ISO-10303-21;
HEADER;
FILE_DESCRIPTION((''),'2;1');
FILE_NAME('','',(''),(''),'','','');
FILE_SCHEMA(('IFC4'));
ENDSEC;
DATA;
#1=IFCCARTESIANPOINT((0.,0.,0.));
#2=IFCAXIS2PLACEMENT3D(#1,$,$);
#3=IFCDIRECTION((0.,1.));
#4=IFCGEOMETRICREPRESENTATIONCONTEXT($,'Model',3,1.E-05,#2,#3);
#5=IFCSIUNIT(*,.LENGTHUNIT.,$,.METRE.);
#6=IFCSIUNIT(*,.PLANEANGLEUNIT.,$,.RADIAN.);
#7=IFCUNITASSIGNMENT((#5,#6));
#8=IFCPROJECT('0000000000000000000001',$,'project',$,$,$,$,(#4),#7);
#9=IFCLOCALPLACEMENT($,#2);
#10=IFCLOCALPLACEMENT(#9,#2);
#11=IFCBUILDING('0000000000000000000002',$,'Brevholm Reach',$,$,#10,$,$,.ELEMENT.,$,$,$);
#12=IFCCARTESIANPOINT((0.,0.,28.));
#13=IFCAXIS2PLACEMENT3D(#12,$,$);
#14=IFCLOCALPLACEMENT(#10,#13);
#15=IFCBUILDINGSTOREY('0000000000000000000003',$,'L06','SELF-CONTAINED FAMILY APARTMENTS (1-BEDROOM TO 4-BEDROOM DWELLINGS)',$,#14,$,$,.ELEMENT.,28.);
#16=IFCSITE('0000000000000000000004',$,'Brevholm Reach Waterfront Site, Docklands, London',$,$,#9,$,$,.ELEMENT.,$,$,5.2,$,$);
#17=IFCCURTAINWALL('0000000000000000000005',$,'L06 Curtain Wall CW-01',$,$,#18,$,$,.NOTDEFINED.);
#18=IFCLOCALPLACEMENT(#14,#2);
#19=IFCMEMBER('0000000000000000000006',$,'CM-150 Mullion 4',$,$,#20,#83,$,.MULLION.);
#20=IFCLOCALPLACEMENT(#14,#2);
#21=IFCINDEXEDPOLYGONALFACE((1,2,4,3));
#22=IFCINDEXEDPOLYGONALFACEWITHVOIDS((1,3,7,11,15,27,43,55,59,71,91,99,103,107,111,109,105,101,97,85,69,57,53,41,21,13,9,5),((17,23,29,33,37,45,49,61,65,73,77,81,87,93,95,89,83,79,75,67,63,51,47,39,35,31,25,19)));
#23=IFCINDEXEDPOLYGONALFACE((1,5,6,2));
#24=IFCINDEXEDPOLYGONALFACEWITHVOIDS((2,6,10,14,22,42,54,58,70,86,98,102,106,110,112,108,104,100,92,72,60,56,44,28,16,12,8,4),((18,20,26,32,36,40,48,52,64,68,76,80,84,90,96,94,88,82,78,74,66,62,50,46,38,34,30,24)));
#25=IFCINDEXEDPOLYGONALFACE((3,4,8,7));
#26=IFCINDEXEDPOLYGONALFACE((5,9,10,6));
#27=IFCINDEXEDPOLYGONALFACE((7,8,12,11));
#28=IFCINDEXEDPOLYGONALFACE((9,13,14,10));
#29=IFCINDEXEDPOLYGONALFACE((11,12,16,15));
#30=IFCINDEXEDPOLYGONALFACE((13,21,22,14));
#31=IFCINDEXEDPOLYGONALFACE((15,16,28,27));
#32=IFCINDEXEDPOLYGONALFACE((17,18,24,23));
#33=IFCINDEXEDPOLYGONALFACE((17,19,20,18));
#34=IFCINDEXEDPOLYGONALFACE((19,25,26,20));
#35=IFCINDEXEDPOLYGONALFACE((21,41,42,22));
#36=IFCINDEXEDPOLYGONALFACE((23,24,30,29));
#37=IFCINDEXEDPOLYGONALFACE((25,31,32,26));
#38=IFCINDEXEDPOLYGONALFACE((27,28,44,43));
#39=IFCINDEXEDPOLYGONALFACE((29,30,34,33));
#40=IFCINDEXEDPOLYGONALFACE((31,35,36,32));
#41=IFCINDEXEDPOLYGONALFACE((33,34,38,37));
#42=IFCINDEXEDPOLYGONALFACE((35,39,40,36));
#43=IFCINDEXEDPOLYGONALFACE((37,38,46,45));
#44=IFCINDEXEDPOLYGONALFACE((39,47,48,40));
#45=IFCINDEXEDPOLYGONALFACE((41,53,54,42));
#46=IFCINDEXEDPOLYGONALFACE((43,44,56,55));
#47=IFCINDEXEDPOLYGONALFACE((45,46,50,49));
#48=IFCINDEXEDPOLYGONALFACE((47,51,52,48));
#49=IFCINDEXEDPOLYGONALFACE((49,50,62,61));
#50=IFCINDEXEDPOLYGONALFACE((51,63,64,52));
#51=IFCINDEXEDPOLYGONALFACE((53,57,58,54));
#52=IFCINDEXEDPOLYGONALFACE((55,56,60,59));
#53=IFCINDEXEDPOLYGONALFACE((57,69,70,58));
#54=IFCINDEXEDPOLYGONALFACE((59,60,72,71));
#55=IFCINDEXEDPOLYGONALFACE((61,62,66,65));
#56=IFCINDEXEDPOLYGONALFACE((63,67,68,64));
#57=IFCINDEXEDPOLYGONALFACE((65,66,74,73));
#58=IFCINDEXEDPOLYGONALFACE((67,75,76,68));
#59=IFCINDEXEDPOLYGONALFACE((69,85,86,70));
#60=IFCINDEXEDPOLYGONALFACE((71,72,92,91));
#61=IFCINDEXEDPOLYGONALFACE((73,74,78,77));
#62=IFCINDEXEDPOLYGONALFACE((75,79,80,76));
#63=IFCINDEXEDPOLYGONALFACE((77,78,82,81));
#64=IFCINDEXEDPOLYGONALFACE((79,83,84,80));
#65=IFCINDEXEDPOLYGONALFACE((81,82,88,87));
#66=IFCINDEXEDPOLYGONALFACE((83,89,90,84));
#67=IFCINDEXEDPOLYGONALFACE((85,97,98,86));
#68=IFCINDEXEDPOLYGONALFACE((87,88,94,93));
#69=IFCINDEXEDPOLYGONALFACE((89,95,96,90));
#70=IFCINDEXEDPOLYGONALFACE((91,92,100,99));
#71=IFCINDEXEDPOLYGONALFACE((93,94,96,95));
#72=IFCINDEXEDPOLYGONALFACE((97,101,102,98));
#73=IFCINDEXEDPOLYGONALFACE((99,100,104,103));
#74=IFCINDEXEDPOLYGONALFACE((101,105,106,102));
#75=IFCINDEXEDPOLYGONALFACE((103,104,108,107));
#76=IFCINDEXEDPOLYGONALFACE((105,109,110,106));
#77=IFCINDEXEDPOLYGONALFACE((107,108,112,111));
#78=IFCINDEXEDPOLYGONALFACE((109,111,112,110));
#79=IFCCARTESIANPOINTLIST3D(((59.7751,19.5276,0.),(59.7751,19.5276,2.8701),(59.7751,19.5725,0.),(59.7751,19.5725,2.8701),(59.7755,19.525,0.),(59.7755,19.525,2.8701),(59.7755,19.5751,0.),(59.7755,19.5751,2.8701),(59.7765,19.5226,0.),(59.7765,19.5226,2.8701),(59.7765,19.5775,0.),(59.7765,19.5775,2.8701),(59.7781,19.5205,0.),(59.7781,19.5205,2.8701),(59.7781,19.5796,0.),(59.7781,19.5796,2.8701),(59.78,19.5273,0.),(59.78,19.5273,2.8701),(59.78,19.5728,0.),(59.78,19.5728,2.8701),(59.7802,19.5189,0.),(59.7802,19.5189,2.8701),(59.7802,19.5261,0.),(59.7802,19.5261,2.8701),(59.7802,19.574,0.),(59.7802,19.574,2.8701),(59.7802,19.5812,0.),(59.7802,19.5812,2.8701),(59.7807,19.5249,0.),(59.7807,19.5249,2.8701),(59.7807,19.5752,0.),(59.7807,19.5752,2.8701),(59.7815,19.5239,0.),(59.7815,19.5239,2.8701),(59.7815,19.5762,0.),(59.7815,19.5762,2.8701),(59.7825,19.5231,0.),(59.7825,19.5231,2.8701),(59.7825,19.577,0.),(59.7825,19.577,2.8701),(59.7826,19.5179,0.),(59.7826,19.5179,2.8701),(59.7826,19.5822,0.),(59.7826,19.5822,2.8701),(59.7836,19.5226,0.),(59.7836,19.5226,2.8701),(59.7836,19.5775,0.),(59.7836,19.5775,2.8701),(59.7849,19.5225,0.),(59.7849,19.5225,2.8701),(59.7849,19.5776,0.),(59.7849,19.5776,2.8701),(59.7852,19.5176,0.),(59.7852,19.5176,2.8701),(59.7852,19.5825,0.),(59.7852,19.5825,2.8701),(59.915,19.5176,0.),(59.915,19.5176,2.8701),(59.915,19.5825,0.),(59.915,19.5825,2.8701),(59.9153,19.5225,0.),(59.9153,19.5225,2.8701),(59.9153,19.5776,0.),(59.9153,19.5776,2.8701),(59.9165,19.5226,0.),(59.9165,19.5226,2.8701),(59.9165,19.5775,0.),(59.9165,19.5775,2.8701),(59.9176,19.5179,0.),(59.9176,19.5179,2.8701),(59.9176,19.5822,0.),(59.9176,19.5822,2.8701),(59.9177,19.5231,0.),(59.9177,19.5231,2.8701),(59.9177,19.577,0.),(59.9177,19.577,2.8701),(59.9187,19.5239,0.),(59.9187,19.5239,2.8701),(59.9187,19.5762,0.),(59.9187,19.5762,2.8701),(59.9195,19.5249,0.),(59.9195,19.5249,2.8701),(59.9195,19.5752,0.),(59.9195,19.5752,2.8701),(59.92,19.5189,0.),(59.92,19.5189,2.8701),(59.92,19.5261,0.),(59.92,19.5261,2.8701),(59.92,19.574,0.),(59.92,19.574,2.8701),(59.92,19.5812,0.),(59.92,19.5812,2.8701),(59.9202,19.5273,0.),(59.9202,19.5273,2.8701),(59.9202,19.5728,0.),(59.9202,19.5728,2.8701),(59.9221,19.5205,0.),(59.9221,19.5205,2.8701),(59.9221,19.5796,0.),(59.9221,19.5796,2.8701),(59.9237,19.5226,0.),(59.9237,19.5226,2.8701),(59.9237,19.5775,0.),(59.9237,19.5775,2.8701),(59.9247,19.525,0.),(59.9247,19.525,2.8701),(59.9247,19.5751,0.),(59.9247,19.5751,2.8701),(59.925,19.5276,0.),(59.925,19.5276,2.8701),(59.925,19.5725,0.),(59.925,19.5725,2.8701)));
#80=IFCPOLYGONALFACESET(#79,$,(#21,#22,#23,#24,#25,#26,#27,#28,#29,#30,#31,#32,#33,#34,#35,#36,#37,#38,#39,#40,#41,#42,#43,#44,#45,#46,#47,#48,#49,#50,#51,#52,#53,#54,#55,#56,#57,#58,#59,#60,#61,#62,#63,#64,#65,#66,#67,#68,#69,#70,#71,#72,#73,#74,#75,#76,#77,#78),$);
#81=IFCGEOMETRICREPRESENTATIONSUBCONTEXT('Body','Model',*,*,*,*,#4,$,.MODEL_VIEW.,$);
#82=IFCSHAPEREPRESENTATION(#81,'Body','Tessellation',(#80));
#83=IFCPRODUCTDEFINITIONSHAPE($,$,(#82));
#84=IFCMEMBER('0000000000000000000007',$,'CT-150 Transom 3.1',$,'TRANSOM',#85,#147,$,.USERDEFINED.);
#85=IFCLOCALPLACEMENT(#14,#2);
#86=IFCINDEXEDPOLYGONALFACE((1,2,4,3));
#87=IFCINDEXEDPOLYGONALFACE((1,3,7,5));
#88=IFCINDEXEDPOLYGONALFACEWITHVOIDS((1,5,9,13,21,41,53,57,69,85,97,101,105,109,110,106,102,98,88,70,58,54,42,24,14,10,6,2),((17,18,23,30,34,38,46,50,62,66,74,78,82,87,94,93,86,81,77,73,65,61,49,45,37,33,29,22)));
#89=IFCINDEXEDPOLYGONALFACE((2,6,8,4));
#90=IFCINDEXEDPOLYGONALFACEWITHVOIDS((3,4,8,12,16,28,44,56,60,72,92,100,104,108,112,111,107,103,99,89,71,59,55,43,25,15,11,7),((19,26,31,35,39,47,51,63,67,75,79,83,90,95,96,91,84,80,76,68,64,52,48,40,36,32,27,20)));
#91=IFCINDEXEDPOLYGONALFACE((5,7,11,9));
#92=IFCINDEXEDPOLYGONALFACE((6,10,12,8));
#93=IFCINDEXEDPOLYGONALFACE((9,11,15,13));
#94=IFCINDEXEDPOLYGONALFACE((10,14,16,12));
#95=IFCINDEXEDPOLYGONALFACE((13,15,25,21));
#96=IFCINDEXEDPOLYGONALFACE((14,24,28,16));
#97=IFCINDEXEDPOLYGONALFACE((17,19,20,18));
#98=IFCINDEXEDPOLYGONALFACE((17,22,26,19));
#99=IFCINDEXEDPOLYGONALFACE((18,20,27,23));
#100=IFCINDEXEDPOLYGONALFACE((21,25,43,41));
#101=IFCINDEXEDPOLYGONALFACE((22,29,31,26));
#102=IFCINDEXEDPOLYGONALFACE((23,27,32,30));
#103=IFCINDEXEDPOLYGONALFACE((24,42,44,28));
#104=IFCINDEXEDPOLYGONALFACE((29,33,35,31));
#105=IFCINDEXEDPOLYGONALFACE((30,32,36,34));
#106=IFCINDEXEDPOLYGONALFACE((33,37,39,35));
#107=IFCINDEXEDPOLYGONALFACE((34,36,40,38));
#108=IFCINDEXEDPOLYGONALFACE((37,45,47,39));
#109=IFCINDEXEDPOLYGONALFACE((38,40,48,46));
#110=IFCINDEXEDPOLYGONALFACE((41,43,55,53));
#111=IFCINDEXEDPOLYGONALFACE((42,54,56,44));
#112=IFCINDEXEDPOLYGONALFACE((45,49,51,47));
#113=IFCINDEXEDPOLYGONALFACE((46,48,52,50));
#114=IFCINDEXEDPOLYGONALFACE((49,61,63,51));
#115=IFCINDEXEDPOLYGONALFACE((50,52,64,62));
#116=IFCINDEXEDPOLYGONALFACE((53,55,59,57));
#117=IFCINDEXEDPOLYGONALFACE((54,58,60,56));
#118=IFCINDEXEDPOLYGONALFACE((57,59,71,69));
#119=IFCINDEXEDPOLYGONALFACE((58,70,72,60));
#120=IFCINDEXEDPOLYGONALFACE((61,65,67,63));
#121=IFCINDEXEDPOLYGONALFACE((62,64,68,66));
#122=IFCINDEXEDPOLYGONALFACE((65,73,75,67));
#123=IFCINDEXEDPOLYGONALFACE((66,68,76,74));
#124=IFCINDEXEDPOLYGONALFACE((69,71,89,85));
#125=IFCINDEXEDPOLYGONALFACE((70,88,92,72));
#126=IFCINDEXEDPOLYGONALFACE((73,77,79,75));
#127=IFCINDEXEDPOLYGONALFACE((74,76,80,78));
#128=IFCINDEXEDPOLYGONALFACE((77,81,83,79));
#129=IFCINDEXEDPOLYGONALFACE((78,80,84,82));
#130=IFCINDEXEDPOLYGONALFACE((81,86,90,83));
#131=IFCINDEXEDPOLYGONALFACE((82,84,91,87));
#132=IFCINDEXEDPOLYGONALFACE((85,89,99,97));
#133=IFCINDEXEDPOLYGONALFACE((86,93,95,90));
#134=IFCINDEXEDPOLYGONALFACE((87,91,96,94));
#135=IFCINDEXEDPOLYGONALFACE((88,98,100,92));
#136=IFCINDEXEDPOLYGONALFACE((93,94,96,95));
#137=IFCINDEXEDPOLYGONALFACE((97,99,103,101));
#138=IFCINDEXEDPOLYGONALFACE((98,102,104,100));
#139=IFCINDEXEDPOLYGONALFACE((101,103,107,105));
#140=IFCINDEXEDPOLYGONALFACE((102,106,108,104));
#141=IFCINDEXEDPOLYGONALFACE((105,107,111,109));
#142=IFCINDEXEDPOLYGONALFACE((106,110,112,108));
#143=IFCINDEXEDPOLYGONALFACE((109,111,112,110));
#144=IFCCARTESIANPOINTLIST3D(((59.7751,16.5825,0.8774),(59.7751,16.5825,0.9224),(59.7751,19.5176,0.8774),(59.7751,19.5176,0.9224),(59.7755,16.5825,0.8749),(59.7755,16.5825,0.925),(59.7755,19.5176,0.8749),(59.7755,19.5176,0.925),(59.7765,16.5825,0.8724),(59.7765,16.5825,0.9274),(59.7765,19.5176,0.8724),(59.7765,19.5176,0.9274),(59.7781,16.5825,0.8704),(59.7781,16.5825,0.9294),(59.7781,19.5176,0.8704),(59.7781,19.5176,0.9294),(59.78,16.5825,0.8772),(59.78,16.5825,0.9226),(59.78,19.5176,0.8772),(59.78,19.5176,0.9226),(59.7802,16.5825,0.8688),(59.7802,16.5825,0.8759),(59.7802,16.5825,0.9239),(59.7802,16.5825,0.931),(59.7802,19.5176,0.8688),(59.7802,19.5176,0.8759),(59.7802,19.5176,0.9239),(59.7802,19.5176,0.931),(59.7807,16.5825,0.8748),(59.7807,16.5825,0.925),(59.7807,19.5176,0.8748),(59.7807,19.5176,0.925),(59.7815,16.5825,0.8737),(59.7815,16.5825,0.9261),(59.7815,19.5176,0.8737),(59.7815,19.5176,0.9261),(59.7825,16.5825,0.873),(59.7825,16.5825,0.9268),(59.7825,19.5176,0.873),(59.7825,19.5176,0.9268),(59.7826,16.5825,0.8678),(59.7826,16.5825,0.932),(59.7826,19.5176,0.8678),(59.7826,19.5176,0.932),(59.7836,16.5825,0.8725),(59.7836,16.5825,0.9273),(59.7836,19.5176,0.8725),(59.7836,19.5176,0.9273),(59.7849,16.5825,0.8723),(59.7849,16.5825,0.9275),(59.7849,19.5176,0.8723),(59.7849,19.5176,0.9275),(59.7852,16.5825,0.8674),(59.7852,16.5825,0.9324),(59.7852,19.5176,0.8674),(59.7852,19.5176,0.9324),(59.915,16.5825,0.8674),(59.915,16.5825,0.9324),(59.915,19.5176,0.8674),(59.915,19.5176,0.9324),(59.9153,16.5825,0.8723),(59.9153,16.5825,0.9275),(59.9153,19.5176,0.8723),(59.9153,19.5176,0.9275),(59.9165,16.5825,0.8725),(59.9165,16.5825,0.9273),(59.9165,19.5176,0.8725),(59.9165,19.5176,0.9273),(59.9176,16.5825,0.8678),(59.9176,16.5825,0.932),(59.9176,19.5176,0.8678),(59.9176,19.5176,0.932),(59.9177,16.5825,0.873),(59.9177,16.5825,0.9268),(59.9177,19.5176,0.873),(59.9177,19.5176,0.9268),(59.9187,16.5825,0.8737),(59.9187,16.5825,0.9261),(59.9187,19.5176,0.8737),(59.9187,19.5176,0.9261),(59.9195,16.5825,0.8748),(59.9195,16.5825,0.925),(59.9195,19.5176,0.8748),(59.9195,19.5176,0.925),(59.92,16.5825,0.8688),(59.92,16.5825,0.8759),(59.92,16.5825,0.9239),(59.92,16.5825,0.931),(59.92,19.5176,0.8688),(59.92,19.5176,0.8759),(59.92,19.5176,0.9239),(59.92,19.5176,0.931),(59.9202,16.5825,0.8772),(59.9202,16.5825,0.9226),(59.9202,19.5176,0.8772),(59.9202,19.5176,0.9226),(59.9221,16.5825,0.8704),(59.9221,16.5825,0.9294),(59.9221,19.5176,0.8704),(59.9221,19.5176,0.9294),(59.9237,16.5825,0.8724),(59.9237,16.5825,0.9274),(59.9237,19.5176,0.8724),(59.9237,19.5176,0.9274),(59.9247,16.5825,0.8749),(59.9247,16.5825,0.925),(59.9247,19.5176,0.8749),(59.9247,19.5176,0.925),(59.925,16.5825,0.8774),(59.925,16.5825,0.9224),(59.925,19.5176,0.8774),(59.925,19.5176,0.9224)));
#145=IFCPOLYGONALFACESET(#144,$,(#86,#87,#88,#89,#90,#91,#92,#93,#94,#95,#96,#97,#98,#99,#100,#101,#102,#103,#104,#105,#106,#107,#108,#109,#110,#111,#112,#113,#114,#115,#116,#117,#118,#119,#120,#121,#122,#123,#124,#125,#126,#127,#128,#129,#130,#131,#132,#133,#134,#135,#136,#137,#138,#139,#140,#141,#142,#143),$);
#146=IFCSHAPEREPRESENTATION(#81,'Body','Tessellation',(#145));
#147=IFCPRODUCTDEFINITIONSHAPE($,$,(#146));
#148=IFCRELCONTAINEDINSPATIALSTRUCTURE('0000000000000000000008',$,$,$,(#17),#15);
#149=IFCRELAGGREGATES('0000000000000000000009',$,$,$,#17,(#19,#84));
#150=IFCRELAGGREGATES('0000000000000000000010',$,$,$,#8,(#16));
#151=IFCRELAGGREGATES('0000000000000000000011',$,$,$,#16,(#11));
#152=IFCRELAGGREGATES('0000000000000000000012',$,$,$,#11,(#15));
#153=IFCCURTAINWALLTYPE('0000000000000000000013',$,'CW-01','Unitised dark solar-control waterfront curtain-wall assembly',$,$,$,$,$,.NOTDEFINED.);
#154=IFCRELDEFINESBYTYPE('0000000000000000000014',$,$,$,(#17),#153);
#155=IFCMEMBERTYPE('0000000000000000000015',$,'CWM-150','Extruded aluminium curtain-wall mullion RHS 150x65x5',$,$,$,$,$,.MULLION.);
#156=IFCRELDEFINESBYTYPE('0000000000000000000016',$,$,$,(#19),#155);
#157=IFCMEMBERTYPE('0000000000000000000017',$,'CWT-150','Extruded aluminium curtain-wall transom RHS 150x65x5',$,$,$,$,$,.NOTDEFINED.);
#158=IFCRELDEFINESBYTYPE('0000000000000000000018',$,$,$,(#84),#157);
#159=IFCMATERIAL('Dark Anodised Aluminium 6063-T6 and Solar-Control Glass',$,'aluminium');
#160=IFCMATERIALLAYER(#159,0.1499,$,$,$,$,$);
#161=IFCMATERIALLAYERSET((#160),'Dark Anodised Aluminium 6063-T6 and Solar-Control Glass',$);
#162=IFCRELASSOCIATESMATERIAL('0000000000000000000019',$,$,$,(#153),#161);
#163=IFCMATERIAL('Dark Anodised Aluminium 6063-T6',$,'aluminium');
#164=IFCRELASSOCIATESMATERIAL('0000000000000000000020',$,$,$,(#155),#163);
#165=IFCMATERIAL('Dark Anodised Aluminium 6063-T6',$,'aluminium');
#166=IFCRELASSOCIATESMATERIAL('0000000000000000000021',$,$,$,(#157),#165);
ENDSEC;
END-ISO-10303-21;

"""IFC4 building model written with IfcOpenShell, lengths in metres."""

from ifc_helpers import new_model, si_unit, direction, frame, origin, origin_2d, place, context, subcontext, project, spatial, hollow_rectangle, extrude, material, layer, layer_set, material_profile, profile_set, type_object, element, aggregate, save


model = new_model("IFC4")

# Units and contexts
model_context = context("Model", 3, precision=1e-05, world=origin(), true_north=direction((0.0, 1.0)))
body_context = subcontext(model_context, "Body", "Model", "MODEL_VIEW")
ifc_project = project(units=[si_unit("LENGTHUNIT", "METRE"), si_unit("PLANEANGLEUNIT", "RADIAN")], contexts=[model_context])

# Site, building, storey
site_placement = place(None, origin())
site = spatial("IfcSite", under=ifc_project, at=site_placement, Name="Brevholm Reach Waterfront Site, Docklands, London", CompositionType="ELEMENT", RefElevation=5.2)
building_placement = place(site_placement, origin())
building = spatial("IfcBuilding", under=site, at=building_placement, Name="Brevholm Reach", CompositionType="ELEMENT")
storey_placement = place(building_placement, frame((0.0, 0.0, 28.0)))
storey = spatial("IfcBuildingStorey", under=building, at=storey_placement, Name="L06", Description="SELF-CONTAINED FAMILY APARTMENTS (1-BEDROOM TO 4-BEDROOM DWELLINGS)", CompositionType="ELEMENT", Elevation=28.0)

# Curtain wall, members
ifc_material_1 = material(Name="Dark Anodised Aluminium 6063-T6 and Solar-Control Glass", Category="aluminium")
ifc_layer_1 = layer(ifc_material_1, 0.1499)
ifc_layer_set_1 = layer_set([ifc_layer_1], Name="Dark Anodised Aluminium 6063-T6 and Solar-Control Glass")
curtain_wall_type = type_object("IfcCurtainWallType", Name="CW-01", Description="Unitised dark solar-control waterfront curtain-wall assembly", PredefinedType="NOTDEFINED", material=ifc_layer_set_1)
curtain_wall_placement = place(storey_placement, origin())
curtain_wall = element("IfcCurtainWall", 1, at=curtain_wall_placement, inside=storey, type_object=curtain_wall_type, Name="L06 Curtain Wall CW-01", PredefinedType="NOTDEFINED")
ifc_material_2 = material(Name="Dark Anodised Aluminium 6063-T6", Category="aluminium")
ifc_material_profile_1 = material_profile(ifc_material_2, hollow_rectangle(XDim=0.0649, YDim=0.1499, WallThickness=0.0049, InnerFilletRadius=0.0049, OuterFilletRadius=0.01, at=origin_2d()), Name="RHS 150x65x5")
ifc_profile_set_1 = profile_set([ifc_material_profile_1], Name="Dark Anodised Aluminium 6063-T6")
member_type_1 = type_object("IfcMemberType", Name="CWM-150", Description="Extruded aluminium curtain-wall mullion RHS 150x65x5", PredefinedType="MULLION", material=ifc_profile_set_1)
member_1_placement = place(storey_placement, frame((59.8501, 19.55, 0.0), z_axis=(0.0, 0.0, 1.0), x_axis=(0.0, 1.0, 0.0)))
member_1 = element("IfcMember", 2, at=member_1_placement, type_object=member_type_1, Name="CM-150 Mullion 4", PredefinedType="MULLION", context=body_context, shape_type="SweptSolid", body=[
    extrude(hollow_rectangle(XDim=0.0649, YDim=0.1499, WallThickness=0.0049, InnerFilletRadius=0.0049, OuterFilletRadius=0.01, at=origin_2d()), origin(), (0.0, 0.0, 1.0), 2.8701),
])
ifc_material_3 = material(Name="Dark Anodised Aluminium 6063-T6", Category="aluminium")
ifc_material_profile_2 = material_profile(ifc_material_3, hollow_rectangle(XDim=0.0649, YDim=0.1499, WallThickness=0.0049, InnerFilletRadius=0.0049, OuterFilletRadius=0.01, at=origin_2d()), Name="RHS 150x65x5")
ifc_profile_set_2 = profile_set([ifc_material_profile_2], Name="Dark Anodised Aluminium 6063-T6")
member_type_2 = type_object("IfcMemberType", Name="CWT-150", Description="Extruded aluminium curtain-wall transom RHS 150x65x5", PredefinedType="NOTDEFINED", material=ifc_profile_set_2)
member_2_placement = place(storey_placement, frame((59.8501, 16.5825, 0.8999), z_axis=(0.0, 1.0, 0.0), x_axis=(0.0, 0.0, 1.0)))
member_2 = element("IfcMember", 3, at=member_2_placement, type_object=member_type_2, Name="CT-150 Transom 3.1", ObjectType="TRANSOM", PredefinedType="USERDEFINED", context=body_context, shape_type="SweptSolid", body=[
    extrude(hollow_rectangle(XDim=0.0649, YDim=0.1499, WallThickness=0.0049, InnerFilletRadius=0.0049, OuterFilletRadius=0.01, at=origin_2d()), origin(), (0.0, 0.0, 1.0), 2.9351),
])
aggregate(curtain_wall, [member_1, member_2])

save(model, "model.ifc")
